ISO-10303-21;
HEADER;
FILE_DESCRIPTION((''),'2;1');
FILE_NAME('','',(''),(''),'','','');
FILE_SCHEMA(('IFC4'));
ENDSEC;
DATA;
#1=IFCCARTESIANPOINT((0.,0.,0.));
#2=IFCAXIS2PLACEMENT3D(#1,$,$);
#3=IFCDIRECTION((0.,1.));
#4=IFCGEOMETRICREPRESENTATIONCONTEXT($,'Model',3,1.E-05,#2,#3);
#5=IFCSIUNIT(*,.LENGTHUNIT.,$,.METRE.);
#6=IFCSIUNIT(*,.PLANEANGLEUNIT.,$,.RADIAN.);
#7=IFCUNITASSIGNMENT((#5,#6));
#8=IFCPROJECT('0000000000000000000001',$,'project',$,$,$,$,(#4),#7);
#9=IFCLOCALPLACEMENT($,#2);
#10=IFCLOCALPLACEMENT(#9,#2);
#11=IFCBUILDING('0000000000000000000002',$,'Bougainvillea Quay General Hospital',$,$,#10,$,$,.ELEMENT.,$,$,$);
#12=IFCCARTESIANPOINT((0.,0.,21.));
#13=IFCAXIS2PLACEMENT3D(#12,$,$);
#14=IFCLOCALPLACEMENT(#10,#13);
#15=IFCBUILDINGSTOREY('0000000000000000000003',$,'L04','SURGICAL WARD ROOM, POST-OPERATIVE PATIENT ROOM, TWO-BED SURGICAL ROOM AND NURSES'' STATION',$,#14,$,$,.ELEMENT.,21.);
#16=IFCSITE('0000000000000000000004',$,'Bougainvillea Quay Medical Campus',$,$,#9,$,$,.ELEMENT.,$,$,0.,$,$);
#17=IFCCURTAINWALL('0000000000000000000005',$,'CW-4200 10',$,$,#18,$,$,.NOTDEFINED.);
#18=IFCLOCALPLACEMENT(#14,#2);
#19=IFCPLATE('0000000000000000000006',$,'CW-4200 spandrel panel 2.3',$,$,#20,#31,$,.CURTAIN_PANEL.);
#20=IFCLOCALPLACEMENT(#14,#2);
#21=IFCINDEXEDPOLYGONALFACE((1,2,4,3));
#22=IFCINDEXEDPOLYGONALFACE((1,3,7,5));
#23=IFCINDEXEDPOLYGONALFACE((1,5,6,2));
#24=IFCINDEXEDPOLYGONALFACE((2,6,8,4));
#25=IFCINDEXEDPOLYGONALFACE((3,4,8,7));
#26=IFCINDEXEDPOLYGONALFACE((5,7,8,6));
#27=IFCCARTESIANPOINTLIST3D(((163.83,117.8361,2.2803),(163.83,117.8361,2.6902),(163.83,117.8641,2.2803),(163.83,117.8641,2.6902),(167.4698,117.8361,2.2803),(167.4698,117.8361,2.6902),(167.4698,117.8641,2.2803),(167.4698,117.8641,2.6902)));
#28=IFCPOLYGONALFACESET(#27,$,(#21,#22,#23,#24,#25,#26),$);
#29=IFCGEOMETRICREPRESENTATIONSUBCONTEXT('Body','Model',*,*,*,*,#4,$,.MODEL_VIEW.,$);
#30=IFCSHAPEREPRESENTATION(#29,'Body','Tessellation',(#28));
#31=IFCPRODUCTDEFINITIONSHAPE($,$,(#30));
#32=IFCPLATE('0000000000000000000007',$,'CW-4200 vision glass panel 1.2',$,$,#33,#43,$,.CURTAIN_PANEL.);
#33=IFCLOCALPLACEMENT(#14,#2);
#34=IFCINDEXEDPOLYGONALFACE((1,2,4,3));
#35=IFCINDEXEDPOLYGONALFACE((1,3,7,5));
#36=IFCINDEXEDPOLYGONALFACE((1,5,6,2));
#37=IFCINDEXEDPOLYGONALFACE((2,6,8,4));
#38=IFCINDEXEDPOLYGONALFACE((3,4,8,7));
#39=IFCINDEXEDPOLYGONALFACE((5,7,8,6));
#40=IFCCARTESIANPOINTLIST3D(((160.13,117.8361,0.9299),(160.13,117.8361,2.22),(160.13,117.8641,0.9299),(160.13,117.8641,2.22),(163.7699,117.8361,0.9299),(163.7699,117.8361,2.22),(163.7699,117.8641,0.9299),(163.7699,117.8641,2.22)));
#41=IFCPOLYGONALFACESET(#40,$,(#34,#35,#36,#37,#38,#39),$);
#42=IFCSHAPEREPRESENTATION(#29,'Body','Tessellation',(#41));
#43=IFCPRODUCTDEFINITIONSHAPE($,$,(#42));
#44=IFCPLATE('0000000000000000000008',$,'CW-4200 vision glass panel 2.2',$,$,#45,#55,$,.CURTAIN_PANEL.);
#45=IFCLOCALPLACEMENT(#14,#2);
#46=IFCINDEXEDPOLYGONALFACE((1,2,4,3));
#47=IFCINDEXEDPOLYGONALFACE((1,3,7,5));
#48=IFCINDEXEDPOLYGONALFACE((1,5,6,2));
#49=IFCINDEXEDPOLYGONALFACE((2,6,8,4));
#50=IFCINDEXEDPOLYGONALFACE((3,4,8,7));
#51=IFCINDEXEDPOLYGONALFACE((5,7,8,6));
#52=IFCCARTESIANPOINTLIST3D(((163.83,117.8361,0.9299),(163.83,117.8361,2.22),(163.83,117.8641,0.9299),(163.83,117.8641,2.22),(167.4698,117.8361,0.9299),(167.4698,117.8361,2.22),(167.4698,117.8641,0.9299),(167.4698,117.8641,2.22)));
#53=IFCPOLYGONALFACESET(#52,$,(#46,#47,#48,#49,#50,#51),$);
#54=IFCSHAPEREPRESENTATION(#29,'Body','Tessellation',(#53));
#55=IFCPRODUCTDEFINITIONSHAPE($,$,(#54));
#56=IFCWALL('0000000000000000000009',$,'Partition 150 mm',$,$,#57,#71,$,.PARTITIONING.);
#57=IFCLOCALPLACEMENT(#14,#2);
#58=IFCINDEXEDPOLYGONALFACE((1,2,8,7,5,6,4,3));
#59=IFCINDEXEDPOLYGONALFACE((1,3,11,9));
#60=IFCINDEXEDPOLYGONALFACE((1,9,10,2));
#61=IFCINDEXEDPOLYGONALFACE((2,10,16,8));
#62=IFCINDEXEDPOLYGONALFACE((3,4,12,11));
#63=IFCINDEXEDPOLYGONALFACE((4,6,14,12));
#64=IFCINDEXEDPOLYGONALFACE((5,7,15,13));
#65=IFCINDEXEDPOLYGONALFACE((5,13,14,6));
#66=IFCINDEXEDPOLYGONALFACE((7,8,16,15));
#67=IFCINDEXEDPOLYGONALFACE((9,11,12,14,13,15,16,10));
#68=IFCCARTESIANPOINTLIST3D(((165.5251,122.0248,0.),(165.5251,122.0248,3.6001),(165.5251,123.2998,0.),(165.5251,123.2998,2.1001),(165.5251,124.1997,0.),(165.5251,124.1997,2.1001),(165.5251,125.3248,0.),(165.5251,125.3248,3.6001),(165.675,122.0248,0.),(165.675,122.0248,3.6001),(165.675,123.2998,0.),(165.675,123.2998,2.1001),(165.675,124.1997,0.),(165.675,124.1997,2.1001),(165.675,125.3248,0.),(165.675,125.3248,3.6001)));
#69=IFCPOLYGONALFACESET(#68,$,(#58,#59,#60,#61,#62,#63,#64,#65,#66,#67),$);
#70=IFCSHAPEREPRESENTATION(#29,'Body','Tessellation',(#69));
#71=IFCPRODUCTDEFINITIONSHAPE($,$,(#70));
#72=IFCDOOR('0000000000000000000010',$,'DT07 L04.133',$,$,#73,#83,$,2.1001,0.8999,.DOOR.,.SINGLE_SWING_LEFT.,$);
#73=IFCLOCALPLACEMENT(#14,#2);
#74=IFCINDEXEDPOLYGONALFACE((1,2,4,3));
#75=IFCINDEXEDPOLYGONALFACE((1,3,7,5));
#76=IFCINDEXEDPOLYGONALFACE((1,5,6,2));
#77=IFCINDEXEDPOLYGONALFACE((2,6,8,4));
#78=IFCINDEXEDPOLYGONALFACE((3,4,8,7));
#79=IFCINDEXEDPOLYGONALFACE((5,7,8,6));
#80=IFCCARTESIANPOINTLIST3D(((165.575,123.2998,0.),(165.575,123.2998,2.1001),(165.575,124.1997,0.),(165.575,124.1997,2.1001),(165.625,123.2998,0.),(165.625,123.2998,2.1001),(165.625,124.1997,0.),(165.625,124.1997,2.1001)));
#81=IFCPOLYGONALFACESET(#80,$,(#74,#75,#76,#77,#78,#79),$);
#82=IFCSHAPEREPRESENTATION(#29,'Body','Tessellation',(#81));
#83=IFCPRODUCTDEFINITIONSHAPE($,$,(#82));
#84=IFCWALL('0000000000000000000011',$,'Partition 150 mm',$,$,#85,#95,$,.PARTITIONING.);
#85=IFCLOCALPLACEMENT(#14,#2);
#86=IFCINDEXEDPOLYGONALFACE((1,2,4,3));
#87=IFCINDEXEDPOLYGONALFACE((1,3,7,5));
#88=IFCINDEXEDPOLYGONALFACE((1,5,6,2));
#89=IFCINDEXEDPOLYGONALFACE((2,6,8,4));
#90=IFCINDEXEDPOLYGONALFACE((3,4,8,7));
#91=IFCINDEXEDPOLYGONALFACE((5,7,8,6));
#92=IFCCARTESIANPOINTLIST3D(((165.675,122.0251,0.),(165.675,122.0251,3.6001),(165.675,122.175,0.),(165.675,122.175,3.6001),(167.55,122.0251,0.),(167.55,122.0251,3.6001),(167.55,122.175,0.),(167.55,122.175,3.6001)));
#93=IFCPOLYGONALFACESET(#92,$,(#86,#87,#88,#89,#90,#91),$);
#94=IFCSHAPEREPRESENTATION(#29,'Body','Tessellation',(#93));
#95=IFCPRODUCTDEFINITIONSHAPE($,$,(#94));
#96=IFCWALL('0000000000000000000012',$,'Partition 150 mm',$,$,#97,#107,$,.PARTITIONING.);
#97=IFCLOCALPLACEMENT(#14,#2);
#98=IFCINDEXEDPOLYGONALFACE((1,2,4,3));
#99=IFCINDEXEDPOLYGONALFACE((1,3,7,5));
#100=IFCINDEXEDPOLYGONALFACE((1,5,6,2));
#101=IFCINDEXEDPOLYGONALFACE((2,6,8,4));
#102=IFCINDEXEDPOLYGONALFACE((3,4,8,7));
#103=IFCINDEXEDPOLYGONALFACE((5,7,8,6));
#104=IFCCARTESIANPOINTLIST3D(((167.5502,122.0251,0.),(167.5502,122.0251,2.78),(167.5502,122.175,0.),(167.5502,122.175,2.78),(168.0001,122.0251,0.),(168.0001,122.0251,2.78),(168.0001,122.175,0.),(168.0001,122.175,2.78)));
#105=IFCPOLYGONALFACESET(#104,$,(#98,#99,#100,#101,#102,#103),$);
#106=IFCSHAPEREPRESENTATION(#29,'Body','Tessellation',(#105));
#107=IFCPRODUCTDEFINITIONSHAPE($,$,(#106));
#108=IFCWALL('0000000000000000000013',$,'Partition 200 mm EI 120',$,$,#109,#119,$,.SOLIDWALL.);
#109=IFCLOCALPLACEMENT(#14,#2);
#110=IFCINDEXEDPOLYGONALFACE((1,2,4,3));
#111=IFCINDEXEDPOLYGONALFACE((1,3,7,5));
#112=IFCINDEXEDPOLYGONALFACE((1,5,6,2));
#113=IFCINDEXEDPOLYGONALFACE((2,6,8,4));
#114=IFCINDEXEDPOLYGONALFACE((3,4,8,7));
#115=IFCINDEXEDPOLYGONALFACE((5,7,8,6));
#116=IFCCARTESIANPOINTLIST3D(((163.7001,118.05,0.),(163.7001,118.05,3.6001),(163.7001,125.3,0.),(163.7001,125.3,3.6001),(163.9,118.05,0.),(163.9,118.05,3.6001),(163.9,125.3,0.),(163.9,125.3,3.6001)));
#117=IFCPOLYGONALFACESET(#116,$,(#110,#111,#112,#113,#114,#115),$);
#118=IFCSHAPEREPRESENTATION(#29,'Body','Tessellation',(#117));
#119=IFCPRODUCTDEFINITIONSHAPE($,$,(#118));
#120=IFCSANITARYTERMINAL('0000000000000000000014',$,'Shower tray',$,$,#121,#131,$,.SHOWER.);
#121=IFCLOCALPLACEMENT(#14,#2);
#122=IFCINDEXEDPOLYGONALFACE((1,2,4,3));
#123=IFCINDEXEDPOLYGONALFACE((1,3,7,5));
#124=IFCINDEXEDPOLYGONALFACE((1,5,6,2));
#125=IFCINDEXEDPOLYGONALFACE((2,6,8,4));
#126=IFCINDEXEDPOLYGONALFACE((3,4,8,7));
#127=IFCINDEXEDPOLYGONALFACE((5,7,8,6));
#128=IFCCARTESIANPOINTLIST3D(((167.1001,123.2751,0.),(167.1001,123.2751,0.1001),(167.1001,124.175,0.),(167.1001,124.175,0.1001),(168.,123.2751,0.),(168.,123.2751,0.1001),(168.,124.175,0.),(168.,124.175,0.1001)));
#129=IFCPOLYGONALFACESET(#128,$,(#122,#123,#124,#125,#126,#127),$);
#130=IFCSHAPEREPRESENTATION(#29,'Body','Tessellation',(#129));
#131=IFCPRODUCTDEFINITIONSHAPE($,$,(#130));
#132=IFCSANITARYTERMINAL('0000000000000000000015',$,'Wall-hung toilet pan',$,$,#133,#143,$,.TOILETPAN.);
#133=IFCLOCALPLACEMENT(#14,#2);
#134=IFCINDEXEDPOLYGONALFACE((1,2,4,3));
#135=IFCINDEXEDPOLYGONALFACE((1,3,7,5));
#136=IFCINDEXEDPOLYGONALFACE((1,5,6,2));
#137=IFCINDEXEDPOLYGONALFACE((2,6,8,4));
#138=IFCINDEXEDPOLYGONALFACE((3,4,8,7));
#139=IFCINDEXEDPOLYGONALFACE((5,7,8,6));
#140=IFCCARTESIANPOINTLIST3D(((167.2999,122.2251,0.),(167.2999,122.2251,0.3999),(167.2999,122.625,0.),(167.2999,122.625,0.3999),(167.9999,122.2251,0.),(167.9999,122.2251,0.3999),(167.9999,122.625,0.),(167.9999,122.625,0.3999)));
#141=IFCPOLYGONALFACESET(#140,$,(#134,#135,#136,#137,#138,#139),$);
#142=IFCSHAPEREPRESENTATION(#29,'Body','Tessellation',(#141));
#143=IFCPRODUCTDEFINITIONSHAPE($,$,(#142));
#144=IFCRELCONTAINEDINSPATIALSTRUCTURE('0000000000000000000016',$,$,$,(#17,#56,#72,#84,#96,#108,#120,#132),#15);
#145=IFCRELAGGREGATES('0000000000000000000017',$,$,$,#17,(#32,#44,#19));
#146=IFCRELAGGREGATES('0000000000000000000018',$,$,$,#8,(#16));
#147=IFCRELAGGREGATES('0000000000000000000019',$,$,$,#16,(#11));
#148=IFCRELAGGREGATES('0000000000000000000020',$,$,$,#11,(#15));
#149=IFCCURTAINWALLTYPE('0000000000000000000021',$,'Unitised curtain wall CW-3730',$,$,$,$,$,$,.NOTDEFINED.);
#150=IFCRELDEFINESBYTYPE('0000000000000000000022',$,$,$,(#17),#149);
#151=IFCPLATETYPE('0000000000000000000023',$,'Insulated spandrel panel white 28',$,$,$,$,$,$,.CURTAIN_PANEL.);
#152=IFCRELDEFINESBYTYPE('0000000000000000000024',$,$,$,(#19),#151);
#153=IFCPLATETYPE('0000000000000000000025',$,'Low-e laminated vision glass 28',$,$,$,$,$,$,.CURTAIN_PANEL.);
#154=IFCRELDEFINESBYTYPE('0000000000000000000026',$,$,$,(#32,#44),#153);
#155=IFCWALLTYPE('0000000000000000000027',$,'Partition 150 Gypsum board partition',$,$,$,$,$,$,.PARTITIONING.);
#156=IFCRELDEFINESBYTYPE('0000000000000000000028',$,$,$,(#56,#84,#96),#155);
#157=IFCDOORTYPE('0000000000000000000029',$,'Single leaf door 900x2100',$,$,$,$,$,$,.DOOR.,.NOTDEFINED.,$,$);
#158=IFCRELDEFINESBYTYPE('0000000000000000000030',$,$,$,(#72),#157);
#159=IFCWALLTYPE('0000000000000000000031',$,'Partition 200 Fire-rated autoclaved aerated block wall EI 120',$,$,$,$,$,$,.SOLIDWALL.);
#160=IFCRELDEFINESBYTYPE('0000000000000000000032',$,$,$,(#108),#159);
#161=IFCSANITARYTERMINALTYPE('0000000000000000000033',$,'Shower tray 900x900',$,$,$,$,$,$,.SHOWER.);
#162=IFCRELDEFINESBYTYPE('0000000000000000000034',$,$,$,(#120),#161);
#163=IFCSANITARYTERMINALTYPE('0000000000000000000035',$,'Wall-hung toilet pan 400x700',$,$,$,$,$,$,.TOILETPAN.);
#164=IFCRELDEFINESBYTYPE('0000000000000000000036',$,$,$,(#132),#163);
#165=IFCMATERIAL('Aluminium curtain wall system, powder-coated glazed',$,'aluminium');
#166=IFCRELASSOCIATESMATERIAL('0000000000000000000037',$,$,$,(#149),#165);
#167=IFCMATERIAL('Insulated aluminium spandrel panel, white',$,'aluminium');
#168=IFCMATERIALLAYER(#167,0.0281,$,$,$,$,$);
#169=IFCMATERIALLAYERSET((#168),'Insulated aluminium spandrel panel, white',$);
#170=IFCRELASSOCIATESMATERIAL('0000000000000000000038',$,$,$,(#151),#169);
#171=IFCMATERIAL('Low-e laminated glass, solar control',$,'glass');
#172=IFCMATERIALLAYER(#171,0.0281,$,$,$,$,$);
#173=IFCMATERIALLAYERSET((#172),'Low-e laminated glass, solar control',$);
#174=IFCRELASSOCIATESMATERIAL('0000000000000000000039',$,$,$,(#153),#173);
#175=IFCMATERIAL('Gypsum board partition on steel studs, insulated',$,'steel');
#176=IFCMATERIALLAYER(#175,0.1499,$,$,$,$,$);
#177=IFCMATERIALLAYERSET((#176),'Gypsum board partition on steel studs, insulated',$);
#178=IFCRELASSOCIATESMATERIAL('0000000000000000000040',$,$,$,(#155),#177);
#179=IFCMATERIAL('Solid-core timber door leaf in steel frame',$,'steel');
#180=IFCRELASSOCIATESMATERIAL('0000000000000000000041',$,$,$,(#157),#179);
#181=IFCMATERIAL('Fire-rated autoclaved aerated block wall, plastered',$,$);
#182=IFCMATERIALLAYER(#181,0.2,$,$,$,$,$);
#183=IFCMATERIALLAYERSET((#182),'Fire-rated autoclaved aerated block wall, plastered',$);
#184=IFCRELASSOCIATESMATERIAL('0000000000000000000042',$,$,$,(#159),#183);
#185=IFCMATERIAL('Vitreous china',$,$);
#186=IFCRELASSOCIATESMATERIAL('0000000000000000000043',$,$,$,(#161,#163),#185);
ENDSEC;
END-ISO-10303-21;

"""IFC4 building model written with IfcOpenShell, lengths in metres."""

from ifc_helpers import new_model, si_unit, direction, frame, frame_2d, origin, origin_2d, place, context, subcontext, project, spatial, rectangle, extrude, material, layer, layer_set, type_object, element, fill, aggregate, save


model = new_model("IFC4")

# Units and contexts
model_context = context("Model", 3, precision=1e-05, world=origin(), true_north=direction((0.0, 1.0)))
body_context = subcontext(model_context, "Body", "Model", "MODEL_VIEW")
ifc_project = project(units=[si_unit("LENGTHUNIT", "METRE"), si_unit("PLANEANGLEUNIT", "RADIAN")], contexts=[model_context])

# Site, building, storey
site_placement = place(None, origin())
site = spatial("IfcSite", under=ifc_project, at=site_placement, Name="Bougainvillea Quay Medical Campus", CompositionType="ELEMENT", RefElevation=0.0)
building_placement = place(site_placement, origin())
building = spatial("IfcBuilding", under=site, at=building_placement, Name="Bougainvillea Quay General Hospital", CompositionType="ELEMENT")
storey_placement = place(building_placement, frame((0.0, 0.0, 21.0)))
storey = spatial("IfcBuildingStorey", under=building, at=storey_placement, Name="L04", Description="SURGICAL WARD ROOM, POST-OPERATIVE PATIENT ROOM, TWO-BED SURGICAL ROOM AND NURSES' STATION", CompositionType="ELEMENT", Elevation=21.0)

# Curtain wall
ifc_material_1 = material(Name="Aluminium curtain wall system, powder-coated glazed", Category="aluminium")
curtain_wall_type_1 = type_object("IfcCurtainWallType", Name="Unitised curtain wall CW-3730", PredefinedType="NOTDEFINED", material=ifc_material_1)
curtain_wall_1_placement = place(storey_placement, origin())
curtain_wall_1 = element("IfcCurtainWall", 1, at=curtain_wall_1_placement, inside=storey, type_object=curtain_wall_type_1, Name="CW-4200 10", PredefinedType="NOTDEFINED")

# Plates
ifc_material_2 = material(Name="Insulated aluminium spandrel panel, white", Category="aluminium")
ifc_layer_1 = layer(ifc_material_2, 0.0281)
ifc_layer_set_1 = layer_set([ifc_layer_1], Name="Insulated aluminium spandrel panel, white")
plate_type_1 = type_object("IfcPlateType", Name="Insulated spandrel panel white 28", PredefinedType="CURTAIN_PANEL", material=ifc_layer_set_1)
plate_1_placement = place(storey_placement, frame((165.6499, 117.8501, 2.2803), z_axis=(0.0, 0.0, 1.0), x_axis=(1.0, 0.0, 0.0)))
plate_1 = element("IfcPlate", 2, at=plate_1_placement, type_object=plate_type_1, Name="CW-4200 spandrel panel 2.3", PredefinedType="CURTAIN_PANEL", context=body_context, shape_type="SweptSolid", body=[
    extrude(rectangle(XDim=3.6399, YDim=0.0281, at=origin_2d()), origin(), (0.0, 0.0, 1.0), 0.4099),
])
ifc_material_3 = material(Name="Low-e laminated glass, solar control", Category="glass")
ifc_layer_2 = layer(ifc_material_3, 0.0281)
ifc_layer_set_2 = layer_set([ifc_layer_2], Name="Low-e laminated glass, solar control")
plate_type_2 = type_object("IfcPlateType", Name="Low-e laminated vision glass 28", PredefinedType="CURTAIN_PANEL", material=ifc_layer_set_2)
plate_2_placement = place(storey_placement, frame((161.95, 117.8501, 0.9299), z_axis=(0.0, 0.0, 1.0), x_axis=(1.0, 0.0, 0.0)))
plate_2 = element("IfcPlate", 3, at=plate_2_placement, type_object=plate_type_2, Name="CW-4200 vision glass panel 1.2", PredefinedType="CURTAIN_PANEL", context=body_context, shape_type="SweptSolid", body=[
    extrude(rectangle(XDim=3.6399, YDim=0.0281, at=origin_2d()), origin(), (0.0, 0.0, 1.0), 1.29),
])
plate_3_placement = place(storey_placement, frame((165.6499, 117.8501, 0.9299), z_axis=(0.0, 0.0, 1.0), x_axis=(1.0, 0.0, 0.0)))
plate_3 = element("IfcPlate", 4, at=plate_3_placement, type_object=plate_type_2, Name="CW-4200 vision glass panel 2.2", PredefinedType="CURTAIN_PANEL", context=body_context, shape_type="SweptSolid", body=[
    extrude(rectangle(XDim=3.6399, YDim=0.0281, at=origin_2d()), origin(), (0.0, 0.0, 1.0), 1.29),
])
aggregate(curtain_wall_1, [plate_2, plate_3, plate_1])

# Wall, opening, door
ifc_material_4 = material(Name="Gypsum board partition on steel studs, insulated", Category="steel")
ifc_layer_3 = layer(ifc_material_4, 0.1499)
ifc_layer_set_3 = layer_set([ifc_layer_3], Name="Gypsum board partition on steel studs, insulated")
wall_type_1 = type_object("IfcWallType", Name="Partition 150 Gypsum board partition", PredefinedType="PARTITIONING", material=ifc_layer_set_3)
wall_1_placement = place(storey_placement, frame((165.6001, 122.0249, 0.0), z_axis=(0.0, 0.0, 1.0), x_axis=(0.0, 1.0, 0.0)))
wall_1 = element("IfcWall", 5, at=wall_1_placement, inside=storey, type_object=wall_type_1, Name="Partition 150 mm", PredefinedType="PARTITIONING", context=body_context, shape_type="SweptSolid", body=[
    extrude(rectangle(XDim=3.3, YDim=0.1499, at=frame_2d((1.6499, 0.0))), origin(), (0.0, 0.0, 1.0), 3.6001),
])
opening_placement = place(wall_1_placement, frame((1.2749, 0.0, 0.0)))
opening = element("IfcOpeningElement", 6, at=opening_placement, cuts=wall_1, PredefinedType="OPENING", context=body_context, shape_type="SweptSolid", body=[
    extrude(rectangle(XDim=0.8999, YDim=2.1001, at=frame_2d((0.45, 1.05))), frame((0.0, 0.085, 0.0), z_axis=(0.0, -1.0, 0.0), x_axis=(1.0, 0.0, 0.0)), (0.0, 0.0, 1.0), 0.1699),
])
ifc_material_5 = material(Name="Solid-core timber door leaf in steel frame", Category="steel")
door_type = type_object("IfcDoorType", Name="Single leaf door 900x2100", OperationType="NOTDEFINED", PredefinedType="DOOR", material=ifc_material_5)
door_placement = place(opening_placement, frame((0.8999, 0.0, 0.0), z_axis=(0.0, 0.0, 1.0), x_axis=(-1.0, 0.0, 0.0)))
door = element("IfcDoor", 7, at=door_placement, inside=storey, type_object=door_type, Name="DT07 L04.133", OperationType="SINGLE_SWING_LEFT", OverallHeight=2.1001, OverallWidth=0.8999, PredefinedType="DOOR", context=body_context, shape_type="SweptSolid", body=[
    extrude(rectangle(XDim=0.8999, YDim=2.1001, at=frame_2d((0.45, 1.05))), frame((0.0, 0.0249, 0.0), z_axis=(0.0, -1.0, 0.0), x_axis=(1.0, 0.0, 0.0)), (0.0, 0.0, 1.0), 0.05),
])
fill(opening, door)

# Walls
wall_2_placement = place(storey_placement, frame((165.675, 122.1001, 0.0), z_axis=(0.0, 0.0, 1.0), x_axis=(1.0, 0.0, 0.0)))
element("IfcWall", 8, at=wall_2_placement, inside=storey, type_object=wall_type_1, Name="Partition 150 mm", PredefinedType="PARTITIONING", context=body_context, shape_type="SweptSolid", body=[
    extrude(rectangle(XDim=1.875, YDim=0.1499, at=frame_2d((0.9375, 0.0))), origin(), (0.0, 0.0, 1.0), 3.6001),
])
wall_3_placement = place(storey_placement, frame((167.55, 122.1001, 0.0), z_axis=(0.0, 0.0, 1.0), x_axis=(1.0, 0.0, 0.0)))
element("IfcWall", 9, at=wall_3_placement, inside=storey, type_object=wall_type_1, Name="Partition 150 mm", PredefinedType="PARTITIONING", context=body_context, shape_type="SweptSolid", body=[
    extrude(rectangle(XDim=0.45, YDim=0.1499, at=frame_2d((0.2251, 0.0))), origin(), (0.0, 0.0, 1.0), 2.78),
])
ifc_material_6 = material(Name="Fire-rated autoclaved aerated block wall, plastered")
ifc_layer_4 = layer(ifc_material_6, 0.2)
ifc_layer_set_4 = layer_set([ifc_layer_4], Name="Fire-rated autoclaved aerated block wall, plastered")
wall_type_2 = type_object("IfcWallType", Name="Partition 200 Fire-rated autoclaved aerated block wall EI 120", PredefinedType="SOLIDWALL", material=ifc_layer_set_4)
wall_4_placement = place(storey_placement, frame((163.8, 118.05, 0.0), z_axis=(0.0, 0.0, 1.0), x_axis=(0.0, 1.0, 0.0)))
element("IfcWall", 10, at=wall_4_placement, inside=storey, type_object=wall_type_2, Name="Partition 200 mm EI 120", PredefinedType="SOLIDWALL", context=body_context, shape_type="SweptSolid", body=[
    extrude(rectangle(XDim=7.25, YDim=0.2, at=frame_2d((3.625, 0.0))), origin(), (0.0, 0.0, 1.0), 3.6001),
])

# Sanitary terminals
ifc_material_7 = material(Name="Vitreous china")
sanitary_terminal_type_1 = type_object("IfcSanitaryTerminalType", Name="Shower tray 900x900", PredefinedType="SHOWER", material=ifc_material_7)
sanitary_terminal_1_placement = place(storey_placement, frame((167.55, 123.7251, 0.0), z_axis=(0.0, 0.0, 1.0), x_axis=(0.0, -1.0, 0.0)))
element("IfcSanitaryTerminal", 11, at=sanitary_terminal_1_placement, inside=storey, type_object=sanitary_terminal_type_1, Name="Shower tray", PredefinedType="SHOWER", context=body_context, shape_type="SweptSolid", body=[
    extrude(rectangle(XDim=0.8999, YDim=0.8999, at=origin_2d()), origin(), (0.0, 0.0, 1.0), 0.1001),
])
sanitary_terminal_type_2 = type_object("IfcSanitaryTerminalType", Name="Wall-hung toilet pan 400x700", PredefinedType="TOILETPAN", material=ifc_material_7)
sanitary_terminal_2_placement = place(storey_placement, frame((167.6499, 122.425, 0.0), z_axis=(0.0, 0.0, 1.0), x_axis=(0.0, -1.0, 0.0)))
element("IfcSanitaryTerminal", 12, at=sanitary_terminal_2_placement, inside=storey, type_object=sanitary_terminal_type_2, Name="Wall-hung toilet pan", PredefinedType="TOILETPAN", context=body_context, shape_type="SweptSolid", body=[
    extrude(rectangle(XDim=0.3999, YDim=0.7, at=origin_2d()), origin(), (0.0, 0.0, 1.0), 0.3999),
])

save(model, "model.ifc")
